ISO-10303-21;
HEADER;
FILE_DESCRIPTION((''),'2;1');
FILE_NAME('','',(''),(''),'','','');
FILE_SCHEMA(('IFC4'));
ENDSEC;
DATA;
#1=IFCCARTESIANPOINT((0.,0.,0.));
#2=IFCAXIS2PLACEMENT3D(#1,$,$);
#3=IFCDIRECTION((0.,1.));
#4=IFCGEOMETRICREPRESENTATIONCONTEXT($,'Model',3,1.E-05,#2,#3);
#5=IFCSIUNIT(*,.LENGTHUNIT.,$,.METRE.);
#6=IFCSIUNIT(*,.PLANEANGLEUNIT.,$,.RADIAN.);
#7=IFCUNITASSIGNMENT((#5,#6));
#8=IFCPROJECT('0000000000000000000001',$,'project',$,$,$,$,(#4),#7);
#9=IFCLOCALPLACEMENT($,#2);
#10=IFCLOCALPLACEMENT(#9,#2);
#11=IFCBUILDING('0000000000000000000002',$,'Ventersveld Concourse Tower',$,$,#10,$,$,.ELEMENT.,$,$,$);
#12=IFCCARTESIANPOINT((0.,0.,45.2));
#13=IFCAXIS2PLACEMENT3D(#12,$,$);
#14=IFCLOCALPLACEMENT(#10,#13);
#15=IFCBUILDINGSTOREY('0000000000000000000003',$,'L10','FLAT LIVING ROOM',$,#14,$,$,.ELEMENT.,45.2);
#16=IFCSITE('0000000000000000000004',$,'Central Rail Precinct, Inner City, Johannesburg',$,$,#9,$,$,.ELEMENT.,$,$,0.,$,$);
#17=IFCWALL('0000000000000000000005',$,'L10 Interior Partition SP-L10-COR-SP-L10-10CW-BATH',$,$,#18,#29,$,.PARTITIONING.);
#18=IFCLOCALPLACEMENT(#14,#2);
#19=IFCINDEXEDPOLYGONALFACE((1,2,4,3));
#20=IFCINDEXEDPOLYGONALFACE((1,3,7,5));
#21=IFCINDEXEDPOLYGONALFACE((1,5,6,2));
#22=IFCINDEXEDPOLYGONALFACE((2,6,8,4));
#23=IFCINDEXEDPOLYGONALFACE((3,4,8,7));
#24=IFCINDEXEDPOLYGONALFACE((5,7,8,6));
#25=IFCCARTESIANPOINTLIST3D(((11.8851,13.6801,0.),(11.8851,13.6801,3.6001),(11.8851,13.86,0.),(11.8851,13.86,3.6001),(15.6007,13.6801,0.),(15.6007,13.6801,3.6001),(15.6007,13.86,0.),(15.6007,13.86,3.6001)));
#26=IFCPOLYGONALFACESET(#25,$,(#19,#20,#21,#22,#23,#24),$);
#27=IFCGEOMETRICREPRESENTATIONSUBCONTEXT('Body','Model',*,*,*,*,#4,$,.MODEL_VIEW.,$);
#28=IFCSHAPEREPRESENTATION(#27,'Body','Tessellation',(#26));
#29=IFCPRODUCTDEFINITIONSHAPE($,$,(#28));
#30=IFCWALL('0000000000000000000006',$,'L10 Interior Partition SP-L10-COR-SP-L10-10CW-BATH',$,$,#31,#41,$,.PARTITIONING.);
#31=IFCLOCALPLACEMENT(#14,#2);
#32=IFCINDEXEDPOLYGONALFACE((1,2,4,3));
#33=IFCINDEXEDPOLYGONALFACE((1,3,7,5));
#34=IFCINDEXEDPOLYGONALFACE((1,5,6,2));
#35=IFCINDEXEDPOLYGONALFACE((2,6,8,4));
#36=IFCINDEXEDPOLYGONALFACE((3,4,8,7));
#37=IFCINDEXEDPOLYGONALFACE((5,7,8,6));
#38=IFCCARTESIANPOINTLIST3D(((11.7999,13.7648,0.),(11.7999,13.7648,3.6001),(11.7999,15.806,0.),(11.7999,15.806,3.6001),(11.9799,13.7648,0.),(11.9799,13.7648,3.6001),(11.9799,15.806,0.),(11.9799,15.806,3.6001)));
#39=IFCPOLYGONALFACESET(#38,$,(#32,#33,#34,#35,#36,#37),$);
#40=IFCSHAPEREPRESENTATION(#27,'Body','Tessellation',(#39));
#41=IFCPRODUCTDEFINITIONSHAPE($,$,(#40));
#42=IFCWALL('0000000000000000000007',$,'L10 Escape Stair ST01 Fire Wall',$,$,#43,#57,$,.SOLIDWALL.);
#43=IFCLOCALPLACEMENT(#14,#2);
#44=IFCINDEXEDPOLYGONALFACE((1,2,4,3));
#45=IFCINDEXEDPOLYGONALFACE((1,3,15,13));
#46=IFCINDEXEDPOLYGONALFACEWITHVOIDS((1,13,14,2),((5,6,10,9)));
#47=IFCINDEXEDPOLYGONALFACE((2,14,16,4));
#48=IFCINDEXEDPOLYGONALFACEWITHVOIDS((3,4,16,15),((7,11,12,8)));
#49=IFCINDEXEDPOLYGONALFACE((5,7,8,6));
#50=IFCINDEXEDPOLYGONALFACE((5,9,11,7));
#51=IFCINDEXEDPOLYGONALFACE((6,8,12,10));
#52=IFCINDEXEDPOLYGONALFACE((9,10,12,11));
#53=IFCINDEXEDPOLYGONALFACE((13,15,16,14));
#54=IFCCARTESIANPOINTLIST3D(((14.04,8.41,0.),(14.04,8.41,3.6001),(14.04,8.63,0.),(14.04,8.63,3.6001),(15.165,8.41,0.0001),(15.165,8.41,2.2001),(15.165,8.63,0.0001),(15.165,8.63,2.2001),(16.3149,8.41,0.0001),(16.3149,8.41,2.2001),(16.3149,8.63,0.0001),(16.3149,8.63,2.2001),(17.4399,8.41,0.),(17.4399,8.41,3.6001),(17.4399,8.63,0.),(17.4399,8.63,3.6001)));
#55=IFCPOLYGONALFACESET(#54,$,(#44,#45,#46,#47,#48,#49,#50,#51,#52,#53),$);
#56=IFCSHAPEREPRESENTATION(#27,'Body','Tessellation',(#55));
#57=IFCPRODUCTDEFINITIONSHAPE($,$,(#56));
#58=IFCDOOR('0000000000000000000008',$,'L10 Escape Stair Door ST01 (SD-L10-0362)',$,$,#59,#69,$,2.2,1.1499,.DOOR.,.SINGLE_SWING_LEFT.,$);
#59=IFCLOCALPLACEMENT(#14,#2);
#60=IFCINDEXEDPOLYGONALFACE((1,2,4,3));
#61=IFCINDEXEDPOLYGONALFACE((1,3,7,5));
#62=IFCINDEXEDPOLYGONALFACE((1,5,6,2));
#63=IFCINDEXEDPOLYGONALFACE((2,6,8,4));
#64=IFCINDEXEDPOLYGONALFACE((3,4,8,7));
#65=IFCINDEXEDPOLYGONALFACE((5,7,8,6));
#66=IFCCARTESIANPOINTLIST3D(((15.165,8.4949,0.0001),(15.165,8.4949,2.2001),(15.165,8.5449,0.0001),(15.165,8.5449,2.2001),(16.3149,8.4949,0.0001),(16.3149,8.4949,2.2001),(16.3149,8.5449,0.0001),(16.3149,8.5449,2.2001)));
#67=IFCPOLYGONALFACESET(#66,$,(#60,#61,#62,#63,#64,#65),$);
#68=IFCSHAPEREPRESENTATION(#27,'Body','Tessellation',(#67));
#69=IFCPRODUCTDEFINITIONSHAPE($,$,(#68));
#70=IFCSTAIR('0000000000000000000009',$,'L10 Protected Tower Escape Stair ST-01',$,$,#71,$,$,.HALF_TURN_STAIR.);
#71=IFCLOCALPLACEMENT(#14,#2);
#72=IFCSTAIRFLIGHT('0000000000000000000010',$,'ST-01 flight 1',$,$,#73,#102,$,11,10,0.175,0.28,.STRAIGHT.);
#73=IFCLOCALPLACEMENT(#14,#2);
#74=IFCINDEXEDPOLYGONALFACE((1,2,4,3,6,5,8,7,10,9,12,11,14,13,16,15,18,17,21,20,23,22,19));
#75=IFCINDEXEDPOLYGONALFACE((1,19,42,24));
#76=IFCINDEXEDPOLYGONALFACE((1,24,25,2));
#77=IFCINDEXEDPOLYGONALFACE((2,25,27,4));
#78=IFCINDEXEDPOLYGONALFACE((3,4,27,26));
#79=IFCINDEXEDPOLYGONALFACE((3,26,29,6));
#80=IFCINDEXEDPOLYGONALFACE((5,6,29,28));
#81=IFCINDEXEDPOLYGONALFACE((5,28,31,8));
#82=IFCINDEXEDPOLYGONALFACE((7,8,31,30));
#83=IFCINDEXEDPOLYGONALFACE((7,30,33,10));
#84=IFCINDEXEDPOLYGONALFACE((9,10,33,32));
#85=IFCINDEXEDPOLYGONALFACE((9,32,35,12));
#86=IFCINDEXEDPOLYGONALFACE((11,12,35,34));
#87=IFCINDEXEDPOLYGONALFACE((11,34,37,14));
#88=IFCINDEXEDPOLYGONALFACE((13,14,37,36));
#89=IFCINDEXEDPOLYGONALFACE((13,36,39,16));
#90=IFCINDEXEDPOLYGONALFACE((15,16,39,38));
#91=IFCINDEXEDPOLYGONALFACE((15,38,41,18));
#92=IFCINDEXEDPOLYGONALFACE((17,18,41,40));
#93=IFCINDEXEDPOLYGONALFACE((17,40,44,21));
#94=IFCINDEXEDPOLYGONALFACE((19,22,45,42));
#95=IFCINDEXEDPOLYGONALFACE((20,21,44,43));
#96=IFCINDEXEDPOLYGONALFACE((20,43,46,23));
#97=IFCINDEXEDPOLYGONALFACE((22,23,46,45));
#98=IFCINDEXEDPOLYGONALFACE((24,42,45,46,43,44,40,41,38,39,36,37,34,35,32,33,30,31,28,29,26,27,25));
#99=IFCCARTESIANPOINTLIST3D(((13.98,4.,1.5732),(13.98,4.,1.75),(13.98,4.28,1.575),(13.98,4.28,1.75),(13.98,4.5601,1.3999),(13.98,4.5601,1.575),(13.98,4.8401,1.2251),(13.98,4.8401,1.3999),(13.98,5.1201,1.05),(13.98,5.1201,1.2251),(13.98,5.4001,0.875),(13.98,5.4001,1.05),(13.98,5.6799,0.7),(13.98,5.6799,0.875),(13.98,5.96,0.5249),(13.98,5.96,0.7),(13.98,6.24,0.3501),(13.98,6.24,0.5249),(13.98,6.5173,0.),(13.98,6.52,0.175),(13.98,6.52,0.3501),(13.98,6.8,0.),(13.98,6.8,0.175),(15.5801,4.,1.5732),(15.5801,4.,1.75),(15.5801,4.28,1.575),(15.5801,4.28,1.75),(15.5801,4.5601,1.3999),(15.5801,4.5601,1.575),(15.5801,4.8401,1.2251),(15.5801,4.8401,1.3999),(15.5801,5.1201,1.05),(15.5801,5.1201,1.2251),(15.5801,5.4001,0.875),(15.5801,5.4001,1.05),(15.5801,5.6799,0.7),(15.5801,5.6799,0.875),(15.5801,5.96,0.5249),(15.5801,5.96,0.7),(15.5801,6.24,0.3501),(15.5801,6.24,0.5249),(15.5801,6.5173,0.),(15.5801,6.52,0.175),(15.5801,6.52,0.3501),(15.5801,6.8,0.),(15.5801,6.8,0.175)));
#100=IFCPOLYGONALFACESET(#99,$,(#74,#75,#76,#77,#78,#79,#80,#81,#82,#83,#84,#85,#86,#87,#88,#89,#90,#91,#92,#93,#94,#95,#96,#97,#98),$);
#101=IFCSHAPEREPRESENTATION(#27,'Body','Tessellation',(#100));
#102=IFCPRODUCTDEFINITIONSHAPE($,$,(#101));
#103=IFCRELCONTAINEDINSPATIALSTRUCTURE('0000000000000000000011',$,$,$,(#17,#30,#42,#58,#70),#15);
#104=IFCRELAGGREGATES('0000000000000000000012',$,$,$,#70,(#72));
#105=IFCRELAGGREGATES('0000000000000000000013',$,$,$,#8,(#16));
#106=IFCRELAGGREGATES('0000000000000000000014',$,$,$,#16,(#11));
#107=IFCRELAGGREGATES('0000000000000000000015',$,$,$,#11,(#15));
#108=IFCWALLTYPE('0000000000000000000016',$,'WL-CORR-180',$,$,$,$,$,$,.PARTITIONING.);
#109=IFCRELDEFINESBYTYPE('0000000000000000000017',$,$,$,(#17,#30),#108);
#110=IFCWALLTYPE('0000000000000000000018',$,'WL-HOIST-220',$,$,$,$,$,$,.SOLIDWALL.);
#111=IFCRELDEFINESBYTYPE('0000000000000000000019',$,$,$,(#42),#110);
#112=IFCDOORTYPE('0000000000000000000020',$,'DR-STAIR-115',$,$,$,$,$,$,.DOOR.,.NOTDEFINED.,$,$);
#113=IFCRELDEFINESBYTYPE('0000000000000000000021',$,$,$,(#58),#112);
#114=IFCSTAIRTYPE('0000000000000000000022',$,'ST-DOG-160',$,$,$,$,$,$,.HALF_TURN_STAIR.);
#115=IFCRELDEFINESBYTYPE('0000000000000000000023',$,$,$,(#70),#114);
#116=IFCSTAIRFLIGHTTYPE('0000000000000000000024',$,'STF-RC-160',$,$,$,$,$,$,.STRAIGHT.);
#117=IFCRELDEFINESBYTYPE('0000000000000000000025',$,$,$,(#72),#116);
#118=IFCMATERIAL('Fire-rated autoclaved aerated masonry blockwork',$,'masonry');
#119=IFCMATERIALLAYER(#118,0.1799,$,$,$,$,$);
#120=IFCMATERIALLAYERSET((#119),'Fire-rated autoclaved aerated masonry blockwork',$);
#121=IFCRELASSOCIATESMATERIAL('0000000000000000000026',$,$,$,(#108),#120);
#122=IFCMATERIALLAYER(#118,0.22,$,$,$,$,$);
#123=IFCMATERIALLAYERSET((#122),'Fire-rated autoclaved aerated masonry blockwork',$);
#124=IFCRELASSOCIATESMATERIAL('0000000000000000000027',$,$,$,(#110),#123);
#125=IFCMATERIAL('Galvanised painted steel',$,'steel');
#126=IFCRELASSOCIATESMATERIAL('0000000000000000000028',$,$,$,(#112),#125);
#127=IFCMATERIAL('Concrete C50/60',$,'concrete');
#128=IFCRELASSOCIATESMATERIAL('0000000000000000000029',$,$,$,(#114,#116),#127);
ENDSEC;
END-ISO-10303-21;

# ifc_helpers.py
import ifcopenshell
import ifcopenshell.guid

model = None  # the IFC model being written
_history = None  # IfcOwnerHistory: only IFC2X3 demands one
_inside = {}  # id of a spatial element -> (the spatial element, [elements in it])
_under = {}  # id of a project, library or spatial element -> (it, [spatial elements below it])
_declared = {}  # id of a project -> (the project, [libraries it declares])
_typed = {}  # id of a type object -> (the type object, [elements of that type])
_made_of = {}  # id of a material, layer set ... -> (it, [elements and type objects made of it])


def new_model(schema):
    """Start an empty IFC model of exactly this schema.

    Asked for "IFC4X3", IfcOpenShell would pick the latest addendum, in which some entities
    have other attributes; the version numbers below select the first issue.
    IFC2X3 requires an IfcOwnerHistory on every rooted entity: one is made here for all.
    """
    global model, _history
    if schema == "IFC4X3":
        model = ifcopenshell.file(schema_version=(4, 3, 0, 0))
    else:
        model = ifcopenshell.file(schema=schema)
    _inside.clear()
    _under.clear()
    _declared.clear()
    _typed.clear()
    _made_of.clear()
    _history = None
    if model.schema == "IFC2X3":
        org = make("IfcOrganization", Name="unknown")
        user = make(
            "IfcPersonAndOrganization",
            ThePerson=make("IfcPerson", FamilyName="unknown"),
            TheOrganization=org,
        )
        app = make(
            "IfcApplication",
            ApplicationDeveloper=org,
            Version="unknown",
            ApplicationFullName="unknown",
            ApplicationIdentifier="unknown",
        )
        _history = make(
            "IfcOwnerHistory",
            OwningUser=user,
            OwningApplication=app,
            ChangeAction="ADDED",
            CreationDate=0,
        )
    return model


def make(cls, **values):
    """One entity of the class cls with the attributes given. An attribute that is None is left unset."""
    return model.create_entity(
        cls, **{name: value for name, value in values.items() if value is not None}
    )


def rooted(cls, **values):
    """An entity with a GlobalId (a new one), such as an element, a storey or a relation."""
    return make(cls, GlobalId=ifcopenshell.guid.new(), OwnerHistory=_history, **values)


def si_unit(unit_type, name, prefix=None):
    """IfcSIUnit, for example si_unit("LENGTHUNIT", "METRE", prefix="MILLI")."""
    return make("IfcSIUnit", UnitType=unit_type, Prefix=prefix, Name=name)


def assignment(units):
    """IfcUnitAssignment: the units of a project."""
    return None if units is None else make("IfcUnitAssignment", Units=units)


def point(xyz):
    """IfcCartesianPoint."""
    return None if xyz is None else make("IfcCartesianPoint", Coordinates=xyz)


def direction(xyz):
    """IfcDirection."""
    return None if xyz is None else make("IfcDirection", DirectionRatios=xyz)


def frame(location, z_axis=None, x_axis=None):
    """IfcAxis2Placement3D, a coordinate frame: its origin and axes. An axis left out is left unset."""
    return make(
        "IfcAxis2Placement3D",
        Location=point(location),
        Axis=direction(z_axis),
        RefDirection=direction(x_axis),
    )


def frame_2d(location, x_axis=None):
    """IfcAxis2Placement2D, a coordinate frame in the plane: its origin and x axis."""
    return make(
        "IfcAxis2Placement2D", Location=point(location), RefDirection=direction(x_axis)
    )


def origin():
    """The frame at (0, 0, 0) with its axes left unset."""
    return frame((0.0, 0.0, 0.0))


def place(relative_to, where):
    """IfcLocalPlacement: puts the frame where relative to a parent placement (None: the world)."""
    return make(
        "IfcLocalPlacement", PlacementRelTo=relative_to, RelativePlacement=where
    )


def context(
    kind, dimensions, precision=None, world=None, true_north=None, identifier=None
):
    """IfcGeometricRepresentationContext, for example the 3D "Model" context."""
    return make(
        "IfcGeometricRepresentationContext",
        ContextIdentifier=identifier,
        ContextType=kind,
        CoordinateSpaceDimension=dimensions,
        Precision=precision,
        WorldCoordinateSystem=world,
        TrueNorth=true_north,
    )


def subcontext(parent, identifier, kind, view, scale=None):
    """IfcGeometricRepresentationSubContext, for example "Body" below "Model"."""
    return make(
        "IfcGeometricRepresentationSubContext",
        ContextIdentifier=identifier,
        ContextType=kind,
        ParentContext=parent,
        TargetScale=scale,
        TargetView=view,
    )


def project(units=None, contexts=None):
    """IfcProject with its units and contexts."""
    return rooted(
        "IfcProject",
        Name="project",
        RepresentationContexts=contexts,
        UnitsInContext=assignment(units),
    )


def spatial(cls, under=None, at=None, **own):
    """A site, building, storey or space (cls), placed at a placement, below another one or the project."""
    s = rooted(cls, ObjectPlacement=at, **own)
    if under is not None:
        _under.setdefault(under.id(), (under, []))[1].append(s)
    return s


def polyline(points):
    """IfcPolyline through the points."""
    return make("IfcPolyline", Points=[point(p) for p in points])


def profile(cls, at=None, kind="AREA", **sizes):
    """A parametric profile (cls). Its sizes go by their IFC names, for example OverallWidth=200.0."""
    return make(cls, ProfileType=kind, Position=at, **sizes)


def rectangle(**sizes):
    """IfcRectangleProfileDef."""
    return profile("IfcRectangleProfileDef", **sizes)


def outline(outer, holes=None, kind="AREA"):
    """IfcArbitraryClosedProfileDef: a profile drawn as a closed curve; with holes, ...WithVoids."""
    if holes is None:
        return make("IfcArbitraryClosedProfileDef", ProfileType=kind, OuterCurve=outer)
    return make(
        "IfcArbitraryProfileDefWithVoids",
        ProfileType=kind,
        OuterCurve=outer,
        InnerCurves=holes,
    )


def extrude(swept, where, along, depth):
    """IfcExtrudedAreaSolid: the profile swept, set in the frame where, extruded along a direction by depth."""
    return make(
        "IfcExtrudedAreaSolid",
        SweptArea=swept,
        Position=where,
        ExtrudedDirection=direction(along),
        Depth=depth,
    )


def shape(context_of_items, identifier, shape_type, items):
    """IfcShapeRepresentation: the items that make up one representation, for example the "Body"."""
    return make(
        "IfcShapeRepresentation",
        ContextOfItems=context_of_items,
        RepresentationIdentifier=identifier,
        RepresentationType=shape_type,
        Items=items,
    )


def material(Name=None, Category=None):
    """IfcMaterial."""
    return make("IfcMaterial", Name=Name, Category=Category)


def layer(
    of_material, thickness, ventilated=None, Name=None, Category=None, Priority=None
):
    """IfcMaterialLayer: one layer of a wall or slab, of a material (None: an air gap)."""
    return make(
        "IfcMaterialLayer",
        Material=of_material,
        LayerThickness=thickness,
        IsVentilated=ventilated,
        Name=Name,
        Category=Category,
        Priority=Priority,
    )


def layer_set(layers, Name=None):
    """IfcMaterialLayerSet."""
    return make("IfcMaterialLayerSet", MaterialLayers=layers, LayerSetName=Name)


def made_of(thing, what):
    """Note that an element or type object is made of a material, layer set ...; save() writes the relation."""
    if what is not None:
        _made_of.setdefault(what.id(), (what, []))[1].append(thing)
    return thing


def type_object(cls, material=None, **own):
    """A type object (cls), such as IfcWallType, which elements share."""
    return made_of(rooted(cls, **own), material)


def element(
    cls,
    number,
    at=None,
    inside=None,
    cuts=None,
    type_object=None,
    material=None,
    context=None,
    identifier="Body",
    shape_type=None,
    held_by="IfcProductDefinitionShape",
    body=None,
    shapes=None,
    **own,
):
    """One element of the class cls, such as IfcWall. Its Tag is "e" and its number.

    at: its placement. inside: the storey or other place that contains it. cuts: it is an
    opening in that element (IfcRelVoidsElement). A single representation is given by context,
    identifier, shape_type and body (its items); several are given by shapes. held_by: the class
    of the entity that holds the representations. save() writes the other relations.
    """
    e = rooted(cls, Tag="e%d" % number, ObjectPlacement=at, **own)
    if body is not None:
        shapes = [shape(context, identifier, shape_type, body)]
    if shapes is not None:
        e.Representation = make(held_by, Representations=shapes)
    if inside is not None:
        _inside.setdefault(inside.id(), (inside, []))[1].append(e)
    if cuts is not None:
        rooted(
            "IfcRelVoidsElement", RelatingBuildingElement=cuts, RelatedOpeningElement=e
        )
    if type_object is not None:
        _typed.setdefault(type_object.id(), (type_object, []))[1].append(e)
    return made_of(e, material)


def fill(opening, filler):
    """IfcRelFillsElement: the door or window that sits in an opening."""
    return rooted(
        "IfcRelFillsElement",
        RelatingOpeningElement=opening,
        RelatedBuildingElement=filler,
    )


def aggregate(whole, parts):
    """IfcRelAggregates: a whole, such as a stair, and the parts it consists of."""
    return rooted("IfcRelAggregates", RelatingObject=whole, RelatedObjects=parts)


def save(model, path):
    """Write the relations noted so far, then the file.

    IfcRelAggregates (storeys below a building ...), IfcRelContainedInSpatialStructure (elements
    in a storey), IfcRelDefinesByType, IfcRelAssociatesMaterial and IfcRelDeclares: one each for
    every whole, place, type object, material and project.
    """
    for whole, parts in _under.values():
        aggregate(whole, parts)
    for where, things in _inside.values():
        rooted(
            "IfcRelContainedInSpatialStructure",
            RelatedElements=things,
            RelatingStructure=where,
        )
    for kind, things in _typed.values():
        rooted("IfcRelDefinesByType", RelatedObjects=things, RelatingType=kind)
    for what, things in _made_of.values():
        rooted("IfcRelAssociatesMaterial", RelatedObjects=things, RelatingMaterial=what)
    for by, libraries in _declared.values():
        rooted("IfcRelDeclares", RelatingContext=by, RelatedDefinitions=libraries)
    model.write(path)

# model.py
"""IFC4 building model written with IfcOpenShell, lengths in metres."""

from ifc_helpers import new_model, si_unit, direction, frame, frame_2d, origin, place, context, subcontext, project, spatial, polyline, rectangle, outline, extrude, material, layer, layer_set, type_object, element, fill, aggregate, save


model = new_model("IFC4")

# Units and contexts
model_context = context("Model", 3, precision=1e-05, world=origin(), true_north=direction((0.0, 1.0)))
body_context = subcontext(model_context, "Body", "Model", "MODEL_VIEW")
ifc_project = project(units=[si_unit("LENGTHUNIT", "METRE"), si_unit("PLANEANGLEUNIT", "RADIAN")], contexts=[model_context])

# Site, building, storey
site_placement = place(None, origin())
site = spatial("IfcSite", under=ifc_project, at=site_placement, Name="Central Rail Precinct, Inner City, Johannesburg", CompositionType="ELEMENT", RefElevation=0.0)
building_placement = place(site_placement, origin())
building = spatial("IfcBuilding", under=site, at=building_placement, Name="Ventersveld Concourse Tower", CompositionType="ELEMENT")
storey_placement = place(building_placement, frame((0.0, 0.0, 45.2)))
storey = spatial("IfcBuildingStorey", under=building, at=storey_placement, Name="L10", Description="FLAT LIVING ROOM", CompositionType="ELEMENT", Elevation=45.2)

# Shared definitions
ifc_material_1 = material(Name="Concrete C50/60", Category="concrete")

# Shared definitions
ifc_material_2 = material(Name="Fire-rated autoclaved aerated masonry blockwork", Category="masonry")
ifc_layer_1 = layer(ifc_material_2, 0.1799)
ifc_layer_set_1 = layer_set([ifc_layer_1], Name="Fire-rated autoclaved aerated masonry blockwork")
wall_type_1 = type_object("IfcWallType", Name="WL-CORR-180", PredefinedType="PARTITIONING", material=ifc_layer_set_1)

# Walls
wall_1_placement = place(storey_placement, frame((11.885, 13.77, 0.0), z_axis=(0.0, 0.0, 1.0), x_axis=(1.0, 0.0, 0.0)))
element("IfcWall", 1, at=wall_1_placement, inside=storey, type_object=wall_type_1, Name="L10 Interior Partition SP-L10-COR-SP-L10-10CW-BATH", PredefinedType="PARTITIONING", context=body_context, shape_type="SweptSolid", body=[
    extrude(rectangle(XDim=3.7156, YDim=0.1799, at=frame_2d((1.8579, 0.0))), origin(), (0.0, 0.0, 1.0), 3.6001),
])
wall_2_placement = place(storey_placement, frame((11.8899, 13.7649, 0.0), z_axis=(0.0, 0.0, 1.0), x_axis=(0.0, 1.0, 0.0)))
element("IfcWall", 2, at=wall_2_placement, inside=storey, type_object=wall_type_1, Name="L10 Interior Partition SP-L10-COR-SP-L10-10CW-BATH", PredefinedType="PARTITIONING", context=body_context, shape_type="SweptSolid", body=[
    extrude(rectangle(XDim=2.0413, YDim=0.1799, at=frame_2d((1.0205, 0.0))), origin(), (0.0, 0.0, 1.0), 3.6001),
])

# Wall, opening, door
ifc_layer_2 = layer(ifc_material_2, 0.22)
ifc_layer_set_2 = layer_set([ifc_layer_2], Name="Fire-rated autoclaved aerated masonry blockwork")
wall_type_2 = type_object("IfcWallType", Name="WL-HOIST-220", PredefinedType="SOLIDWALL", material=ifc_layer_set_2)
wall_3_placement = place(storey_placement, frame((14.04, 8.52, 0.0), z_axis=(0.0, 0.0, 1.0), x_axis=(1.0, 0.0, 0.0)))
wall_3 = element("IfcWall", 3, at=wall_3_placement, inside=storey, type_object=wall_type_2, Name="L10 Escape Stair ST01 Fire Wall", PredefinedType="SOLIDWALL", context=body_context, shape_type="SweptSolid", body=[
    extrude(rectangle(XDim=3.3999, YDim=0.22, at=frame_2d((1.7, 0.0))), origin(), (0.0, 0.0, 1.0), 3.6001),
])
opening_1_placement = place(wall_3_placement, frame((1.125, 0.0, 0.0)))
opening_1 = element("IfcOpeningElement", 4, at=opening_1_placement, cuts=wall_3, PredefinedType="OPENING", context=body_context, shape_type="SweptSolid", body=[
    extrude(rectangle(XDim=1.1499, YDim=2.2, at=frame_2d((0.575, 1.1001))), frame((0.0, 0.1201, 0.0), z_axis=(0.0, -1.0, 0.0), x_axis=(1.0, 0.0, 0.0)), (0.0, 0.0, 1.0), 0.24),
])
ifc_material_3 = material(Name="Galvanised painted steel", Category="steel")
door_type_1 = type_object("IfcDoorType", Name="DR-STAIR-115", OperationType="NOTDEFINED", PredefinedType="DOOR", material=ifc_material_3)
door_1_placement = place(opening_1_placement, origin())
door_1 = element("IfcDoor", 5, at=door_1_placement, inside=storey, type_object=door_type_1, Name="L10 Escape Stair Door ST01 (SD-L10-0362)", OperationType="SINGLE_SWING_LEFT", OverallHeight=2.2, OverallWidth=1.1499, PredefinedType="DOOR", context=body_context, shape_type="SweptSolid", body=[
    extrude(rectangle(XDim=1.1499, YDim=2.2, at=frame_2d((0.575, 1.1001))), frame((0.0, 0.0249, 0.0), z_axis=(0.0, -1.0, 0.0), x_axis=(1.0, 0.0, 0.0)), (0.0, 0.0, 1.0), 0.05),
])
fill(opening_1, door_1)

# Stair, stair flight
stair_type = type_object("IfcStairType", Name="ST-DOG-160", PredefinedType="HALF_TURN_STAIR", material=ifc_material_1)
stair_placement = place(storey_placement, origin())
stair = element("IfcStair", 6, at=stair_placement, inside=storey, type_object=stair_type, Name="L10 Protected Tower Escape Stair ST-01", PredefinedType="HALF_TURN_STAIR")
stair_flight_type = type_object("IfcStairFlightType", Name="STF-RC-160", PredefinedType="STRAIGHT", material=ifc_material_1)
stair_flight_placement = place(storey_placement, frame((14.78, 6.8, 0.0), z_axis=(0.0, 0.0, 1.0), x_axis=(0.0, -1.0, 0.0)))
stair_flight = element("IfcStairFlight", 7, at=stair_flight_placement, type_object=stair_flight_type, Name="ST-01 flight 1", NumberOfRisers=11, NumberOfTreads=10, PredefinedType="STRAIGHT", RiserHeight=0.175, TreadLength=0.28, context=body_context, shape_type="SweptSolid", body=[
    extrude(outline(polyline([(0.0, 0.0), (0.0, 0.175), (0.28, 0.175), (0.28, 0.3501), (0.5601, 0.3501), (0.5601, 0.5249), (0.8401, 0.5249), (0.8401, 0.7), (1.1201, 0.7), (1.1201, 0.875), (1.3999, 0.875), (1.3999, 1.05), (1.6799, 1.05), (1.6799, 1.2251), (1.96, 1.2251), (1.96, 1.3999), (2.24, 1.3999), (2.24, 1.575), (2.52, 1.575), (2.52, 1.75), (2.8, 1.75), (2.8, 1.925), (2.8, 1.5732), (0.2827, 0.0), (0.0, 0.0)])), frame((0.0, 0.8, 0.0), z_axis=(0.0, -1.0, 0.0), x_axis=(1.0, 0.0, 0.0)), (0.0, 0.0, 1.0), 1.6001),
])
aggregate(stair, [stair_flight])

save(model, "model.ifc")
